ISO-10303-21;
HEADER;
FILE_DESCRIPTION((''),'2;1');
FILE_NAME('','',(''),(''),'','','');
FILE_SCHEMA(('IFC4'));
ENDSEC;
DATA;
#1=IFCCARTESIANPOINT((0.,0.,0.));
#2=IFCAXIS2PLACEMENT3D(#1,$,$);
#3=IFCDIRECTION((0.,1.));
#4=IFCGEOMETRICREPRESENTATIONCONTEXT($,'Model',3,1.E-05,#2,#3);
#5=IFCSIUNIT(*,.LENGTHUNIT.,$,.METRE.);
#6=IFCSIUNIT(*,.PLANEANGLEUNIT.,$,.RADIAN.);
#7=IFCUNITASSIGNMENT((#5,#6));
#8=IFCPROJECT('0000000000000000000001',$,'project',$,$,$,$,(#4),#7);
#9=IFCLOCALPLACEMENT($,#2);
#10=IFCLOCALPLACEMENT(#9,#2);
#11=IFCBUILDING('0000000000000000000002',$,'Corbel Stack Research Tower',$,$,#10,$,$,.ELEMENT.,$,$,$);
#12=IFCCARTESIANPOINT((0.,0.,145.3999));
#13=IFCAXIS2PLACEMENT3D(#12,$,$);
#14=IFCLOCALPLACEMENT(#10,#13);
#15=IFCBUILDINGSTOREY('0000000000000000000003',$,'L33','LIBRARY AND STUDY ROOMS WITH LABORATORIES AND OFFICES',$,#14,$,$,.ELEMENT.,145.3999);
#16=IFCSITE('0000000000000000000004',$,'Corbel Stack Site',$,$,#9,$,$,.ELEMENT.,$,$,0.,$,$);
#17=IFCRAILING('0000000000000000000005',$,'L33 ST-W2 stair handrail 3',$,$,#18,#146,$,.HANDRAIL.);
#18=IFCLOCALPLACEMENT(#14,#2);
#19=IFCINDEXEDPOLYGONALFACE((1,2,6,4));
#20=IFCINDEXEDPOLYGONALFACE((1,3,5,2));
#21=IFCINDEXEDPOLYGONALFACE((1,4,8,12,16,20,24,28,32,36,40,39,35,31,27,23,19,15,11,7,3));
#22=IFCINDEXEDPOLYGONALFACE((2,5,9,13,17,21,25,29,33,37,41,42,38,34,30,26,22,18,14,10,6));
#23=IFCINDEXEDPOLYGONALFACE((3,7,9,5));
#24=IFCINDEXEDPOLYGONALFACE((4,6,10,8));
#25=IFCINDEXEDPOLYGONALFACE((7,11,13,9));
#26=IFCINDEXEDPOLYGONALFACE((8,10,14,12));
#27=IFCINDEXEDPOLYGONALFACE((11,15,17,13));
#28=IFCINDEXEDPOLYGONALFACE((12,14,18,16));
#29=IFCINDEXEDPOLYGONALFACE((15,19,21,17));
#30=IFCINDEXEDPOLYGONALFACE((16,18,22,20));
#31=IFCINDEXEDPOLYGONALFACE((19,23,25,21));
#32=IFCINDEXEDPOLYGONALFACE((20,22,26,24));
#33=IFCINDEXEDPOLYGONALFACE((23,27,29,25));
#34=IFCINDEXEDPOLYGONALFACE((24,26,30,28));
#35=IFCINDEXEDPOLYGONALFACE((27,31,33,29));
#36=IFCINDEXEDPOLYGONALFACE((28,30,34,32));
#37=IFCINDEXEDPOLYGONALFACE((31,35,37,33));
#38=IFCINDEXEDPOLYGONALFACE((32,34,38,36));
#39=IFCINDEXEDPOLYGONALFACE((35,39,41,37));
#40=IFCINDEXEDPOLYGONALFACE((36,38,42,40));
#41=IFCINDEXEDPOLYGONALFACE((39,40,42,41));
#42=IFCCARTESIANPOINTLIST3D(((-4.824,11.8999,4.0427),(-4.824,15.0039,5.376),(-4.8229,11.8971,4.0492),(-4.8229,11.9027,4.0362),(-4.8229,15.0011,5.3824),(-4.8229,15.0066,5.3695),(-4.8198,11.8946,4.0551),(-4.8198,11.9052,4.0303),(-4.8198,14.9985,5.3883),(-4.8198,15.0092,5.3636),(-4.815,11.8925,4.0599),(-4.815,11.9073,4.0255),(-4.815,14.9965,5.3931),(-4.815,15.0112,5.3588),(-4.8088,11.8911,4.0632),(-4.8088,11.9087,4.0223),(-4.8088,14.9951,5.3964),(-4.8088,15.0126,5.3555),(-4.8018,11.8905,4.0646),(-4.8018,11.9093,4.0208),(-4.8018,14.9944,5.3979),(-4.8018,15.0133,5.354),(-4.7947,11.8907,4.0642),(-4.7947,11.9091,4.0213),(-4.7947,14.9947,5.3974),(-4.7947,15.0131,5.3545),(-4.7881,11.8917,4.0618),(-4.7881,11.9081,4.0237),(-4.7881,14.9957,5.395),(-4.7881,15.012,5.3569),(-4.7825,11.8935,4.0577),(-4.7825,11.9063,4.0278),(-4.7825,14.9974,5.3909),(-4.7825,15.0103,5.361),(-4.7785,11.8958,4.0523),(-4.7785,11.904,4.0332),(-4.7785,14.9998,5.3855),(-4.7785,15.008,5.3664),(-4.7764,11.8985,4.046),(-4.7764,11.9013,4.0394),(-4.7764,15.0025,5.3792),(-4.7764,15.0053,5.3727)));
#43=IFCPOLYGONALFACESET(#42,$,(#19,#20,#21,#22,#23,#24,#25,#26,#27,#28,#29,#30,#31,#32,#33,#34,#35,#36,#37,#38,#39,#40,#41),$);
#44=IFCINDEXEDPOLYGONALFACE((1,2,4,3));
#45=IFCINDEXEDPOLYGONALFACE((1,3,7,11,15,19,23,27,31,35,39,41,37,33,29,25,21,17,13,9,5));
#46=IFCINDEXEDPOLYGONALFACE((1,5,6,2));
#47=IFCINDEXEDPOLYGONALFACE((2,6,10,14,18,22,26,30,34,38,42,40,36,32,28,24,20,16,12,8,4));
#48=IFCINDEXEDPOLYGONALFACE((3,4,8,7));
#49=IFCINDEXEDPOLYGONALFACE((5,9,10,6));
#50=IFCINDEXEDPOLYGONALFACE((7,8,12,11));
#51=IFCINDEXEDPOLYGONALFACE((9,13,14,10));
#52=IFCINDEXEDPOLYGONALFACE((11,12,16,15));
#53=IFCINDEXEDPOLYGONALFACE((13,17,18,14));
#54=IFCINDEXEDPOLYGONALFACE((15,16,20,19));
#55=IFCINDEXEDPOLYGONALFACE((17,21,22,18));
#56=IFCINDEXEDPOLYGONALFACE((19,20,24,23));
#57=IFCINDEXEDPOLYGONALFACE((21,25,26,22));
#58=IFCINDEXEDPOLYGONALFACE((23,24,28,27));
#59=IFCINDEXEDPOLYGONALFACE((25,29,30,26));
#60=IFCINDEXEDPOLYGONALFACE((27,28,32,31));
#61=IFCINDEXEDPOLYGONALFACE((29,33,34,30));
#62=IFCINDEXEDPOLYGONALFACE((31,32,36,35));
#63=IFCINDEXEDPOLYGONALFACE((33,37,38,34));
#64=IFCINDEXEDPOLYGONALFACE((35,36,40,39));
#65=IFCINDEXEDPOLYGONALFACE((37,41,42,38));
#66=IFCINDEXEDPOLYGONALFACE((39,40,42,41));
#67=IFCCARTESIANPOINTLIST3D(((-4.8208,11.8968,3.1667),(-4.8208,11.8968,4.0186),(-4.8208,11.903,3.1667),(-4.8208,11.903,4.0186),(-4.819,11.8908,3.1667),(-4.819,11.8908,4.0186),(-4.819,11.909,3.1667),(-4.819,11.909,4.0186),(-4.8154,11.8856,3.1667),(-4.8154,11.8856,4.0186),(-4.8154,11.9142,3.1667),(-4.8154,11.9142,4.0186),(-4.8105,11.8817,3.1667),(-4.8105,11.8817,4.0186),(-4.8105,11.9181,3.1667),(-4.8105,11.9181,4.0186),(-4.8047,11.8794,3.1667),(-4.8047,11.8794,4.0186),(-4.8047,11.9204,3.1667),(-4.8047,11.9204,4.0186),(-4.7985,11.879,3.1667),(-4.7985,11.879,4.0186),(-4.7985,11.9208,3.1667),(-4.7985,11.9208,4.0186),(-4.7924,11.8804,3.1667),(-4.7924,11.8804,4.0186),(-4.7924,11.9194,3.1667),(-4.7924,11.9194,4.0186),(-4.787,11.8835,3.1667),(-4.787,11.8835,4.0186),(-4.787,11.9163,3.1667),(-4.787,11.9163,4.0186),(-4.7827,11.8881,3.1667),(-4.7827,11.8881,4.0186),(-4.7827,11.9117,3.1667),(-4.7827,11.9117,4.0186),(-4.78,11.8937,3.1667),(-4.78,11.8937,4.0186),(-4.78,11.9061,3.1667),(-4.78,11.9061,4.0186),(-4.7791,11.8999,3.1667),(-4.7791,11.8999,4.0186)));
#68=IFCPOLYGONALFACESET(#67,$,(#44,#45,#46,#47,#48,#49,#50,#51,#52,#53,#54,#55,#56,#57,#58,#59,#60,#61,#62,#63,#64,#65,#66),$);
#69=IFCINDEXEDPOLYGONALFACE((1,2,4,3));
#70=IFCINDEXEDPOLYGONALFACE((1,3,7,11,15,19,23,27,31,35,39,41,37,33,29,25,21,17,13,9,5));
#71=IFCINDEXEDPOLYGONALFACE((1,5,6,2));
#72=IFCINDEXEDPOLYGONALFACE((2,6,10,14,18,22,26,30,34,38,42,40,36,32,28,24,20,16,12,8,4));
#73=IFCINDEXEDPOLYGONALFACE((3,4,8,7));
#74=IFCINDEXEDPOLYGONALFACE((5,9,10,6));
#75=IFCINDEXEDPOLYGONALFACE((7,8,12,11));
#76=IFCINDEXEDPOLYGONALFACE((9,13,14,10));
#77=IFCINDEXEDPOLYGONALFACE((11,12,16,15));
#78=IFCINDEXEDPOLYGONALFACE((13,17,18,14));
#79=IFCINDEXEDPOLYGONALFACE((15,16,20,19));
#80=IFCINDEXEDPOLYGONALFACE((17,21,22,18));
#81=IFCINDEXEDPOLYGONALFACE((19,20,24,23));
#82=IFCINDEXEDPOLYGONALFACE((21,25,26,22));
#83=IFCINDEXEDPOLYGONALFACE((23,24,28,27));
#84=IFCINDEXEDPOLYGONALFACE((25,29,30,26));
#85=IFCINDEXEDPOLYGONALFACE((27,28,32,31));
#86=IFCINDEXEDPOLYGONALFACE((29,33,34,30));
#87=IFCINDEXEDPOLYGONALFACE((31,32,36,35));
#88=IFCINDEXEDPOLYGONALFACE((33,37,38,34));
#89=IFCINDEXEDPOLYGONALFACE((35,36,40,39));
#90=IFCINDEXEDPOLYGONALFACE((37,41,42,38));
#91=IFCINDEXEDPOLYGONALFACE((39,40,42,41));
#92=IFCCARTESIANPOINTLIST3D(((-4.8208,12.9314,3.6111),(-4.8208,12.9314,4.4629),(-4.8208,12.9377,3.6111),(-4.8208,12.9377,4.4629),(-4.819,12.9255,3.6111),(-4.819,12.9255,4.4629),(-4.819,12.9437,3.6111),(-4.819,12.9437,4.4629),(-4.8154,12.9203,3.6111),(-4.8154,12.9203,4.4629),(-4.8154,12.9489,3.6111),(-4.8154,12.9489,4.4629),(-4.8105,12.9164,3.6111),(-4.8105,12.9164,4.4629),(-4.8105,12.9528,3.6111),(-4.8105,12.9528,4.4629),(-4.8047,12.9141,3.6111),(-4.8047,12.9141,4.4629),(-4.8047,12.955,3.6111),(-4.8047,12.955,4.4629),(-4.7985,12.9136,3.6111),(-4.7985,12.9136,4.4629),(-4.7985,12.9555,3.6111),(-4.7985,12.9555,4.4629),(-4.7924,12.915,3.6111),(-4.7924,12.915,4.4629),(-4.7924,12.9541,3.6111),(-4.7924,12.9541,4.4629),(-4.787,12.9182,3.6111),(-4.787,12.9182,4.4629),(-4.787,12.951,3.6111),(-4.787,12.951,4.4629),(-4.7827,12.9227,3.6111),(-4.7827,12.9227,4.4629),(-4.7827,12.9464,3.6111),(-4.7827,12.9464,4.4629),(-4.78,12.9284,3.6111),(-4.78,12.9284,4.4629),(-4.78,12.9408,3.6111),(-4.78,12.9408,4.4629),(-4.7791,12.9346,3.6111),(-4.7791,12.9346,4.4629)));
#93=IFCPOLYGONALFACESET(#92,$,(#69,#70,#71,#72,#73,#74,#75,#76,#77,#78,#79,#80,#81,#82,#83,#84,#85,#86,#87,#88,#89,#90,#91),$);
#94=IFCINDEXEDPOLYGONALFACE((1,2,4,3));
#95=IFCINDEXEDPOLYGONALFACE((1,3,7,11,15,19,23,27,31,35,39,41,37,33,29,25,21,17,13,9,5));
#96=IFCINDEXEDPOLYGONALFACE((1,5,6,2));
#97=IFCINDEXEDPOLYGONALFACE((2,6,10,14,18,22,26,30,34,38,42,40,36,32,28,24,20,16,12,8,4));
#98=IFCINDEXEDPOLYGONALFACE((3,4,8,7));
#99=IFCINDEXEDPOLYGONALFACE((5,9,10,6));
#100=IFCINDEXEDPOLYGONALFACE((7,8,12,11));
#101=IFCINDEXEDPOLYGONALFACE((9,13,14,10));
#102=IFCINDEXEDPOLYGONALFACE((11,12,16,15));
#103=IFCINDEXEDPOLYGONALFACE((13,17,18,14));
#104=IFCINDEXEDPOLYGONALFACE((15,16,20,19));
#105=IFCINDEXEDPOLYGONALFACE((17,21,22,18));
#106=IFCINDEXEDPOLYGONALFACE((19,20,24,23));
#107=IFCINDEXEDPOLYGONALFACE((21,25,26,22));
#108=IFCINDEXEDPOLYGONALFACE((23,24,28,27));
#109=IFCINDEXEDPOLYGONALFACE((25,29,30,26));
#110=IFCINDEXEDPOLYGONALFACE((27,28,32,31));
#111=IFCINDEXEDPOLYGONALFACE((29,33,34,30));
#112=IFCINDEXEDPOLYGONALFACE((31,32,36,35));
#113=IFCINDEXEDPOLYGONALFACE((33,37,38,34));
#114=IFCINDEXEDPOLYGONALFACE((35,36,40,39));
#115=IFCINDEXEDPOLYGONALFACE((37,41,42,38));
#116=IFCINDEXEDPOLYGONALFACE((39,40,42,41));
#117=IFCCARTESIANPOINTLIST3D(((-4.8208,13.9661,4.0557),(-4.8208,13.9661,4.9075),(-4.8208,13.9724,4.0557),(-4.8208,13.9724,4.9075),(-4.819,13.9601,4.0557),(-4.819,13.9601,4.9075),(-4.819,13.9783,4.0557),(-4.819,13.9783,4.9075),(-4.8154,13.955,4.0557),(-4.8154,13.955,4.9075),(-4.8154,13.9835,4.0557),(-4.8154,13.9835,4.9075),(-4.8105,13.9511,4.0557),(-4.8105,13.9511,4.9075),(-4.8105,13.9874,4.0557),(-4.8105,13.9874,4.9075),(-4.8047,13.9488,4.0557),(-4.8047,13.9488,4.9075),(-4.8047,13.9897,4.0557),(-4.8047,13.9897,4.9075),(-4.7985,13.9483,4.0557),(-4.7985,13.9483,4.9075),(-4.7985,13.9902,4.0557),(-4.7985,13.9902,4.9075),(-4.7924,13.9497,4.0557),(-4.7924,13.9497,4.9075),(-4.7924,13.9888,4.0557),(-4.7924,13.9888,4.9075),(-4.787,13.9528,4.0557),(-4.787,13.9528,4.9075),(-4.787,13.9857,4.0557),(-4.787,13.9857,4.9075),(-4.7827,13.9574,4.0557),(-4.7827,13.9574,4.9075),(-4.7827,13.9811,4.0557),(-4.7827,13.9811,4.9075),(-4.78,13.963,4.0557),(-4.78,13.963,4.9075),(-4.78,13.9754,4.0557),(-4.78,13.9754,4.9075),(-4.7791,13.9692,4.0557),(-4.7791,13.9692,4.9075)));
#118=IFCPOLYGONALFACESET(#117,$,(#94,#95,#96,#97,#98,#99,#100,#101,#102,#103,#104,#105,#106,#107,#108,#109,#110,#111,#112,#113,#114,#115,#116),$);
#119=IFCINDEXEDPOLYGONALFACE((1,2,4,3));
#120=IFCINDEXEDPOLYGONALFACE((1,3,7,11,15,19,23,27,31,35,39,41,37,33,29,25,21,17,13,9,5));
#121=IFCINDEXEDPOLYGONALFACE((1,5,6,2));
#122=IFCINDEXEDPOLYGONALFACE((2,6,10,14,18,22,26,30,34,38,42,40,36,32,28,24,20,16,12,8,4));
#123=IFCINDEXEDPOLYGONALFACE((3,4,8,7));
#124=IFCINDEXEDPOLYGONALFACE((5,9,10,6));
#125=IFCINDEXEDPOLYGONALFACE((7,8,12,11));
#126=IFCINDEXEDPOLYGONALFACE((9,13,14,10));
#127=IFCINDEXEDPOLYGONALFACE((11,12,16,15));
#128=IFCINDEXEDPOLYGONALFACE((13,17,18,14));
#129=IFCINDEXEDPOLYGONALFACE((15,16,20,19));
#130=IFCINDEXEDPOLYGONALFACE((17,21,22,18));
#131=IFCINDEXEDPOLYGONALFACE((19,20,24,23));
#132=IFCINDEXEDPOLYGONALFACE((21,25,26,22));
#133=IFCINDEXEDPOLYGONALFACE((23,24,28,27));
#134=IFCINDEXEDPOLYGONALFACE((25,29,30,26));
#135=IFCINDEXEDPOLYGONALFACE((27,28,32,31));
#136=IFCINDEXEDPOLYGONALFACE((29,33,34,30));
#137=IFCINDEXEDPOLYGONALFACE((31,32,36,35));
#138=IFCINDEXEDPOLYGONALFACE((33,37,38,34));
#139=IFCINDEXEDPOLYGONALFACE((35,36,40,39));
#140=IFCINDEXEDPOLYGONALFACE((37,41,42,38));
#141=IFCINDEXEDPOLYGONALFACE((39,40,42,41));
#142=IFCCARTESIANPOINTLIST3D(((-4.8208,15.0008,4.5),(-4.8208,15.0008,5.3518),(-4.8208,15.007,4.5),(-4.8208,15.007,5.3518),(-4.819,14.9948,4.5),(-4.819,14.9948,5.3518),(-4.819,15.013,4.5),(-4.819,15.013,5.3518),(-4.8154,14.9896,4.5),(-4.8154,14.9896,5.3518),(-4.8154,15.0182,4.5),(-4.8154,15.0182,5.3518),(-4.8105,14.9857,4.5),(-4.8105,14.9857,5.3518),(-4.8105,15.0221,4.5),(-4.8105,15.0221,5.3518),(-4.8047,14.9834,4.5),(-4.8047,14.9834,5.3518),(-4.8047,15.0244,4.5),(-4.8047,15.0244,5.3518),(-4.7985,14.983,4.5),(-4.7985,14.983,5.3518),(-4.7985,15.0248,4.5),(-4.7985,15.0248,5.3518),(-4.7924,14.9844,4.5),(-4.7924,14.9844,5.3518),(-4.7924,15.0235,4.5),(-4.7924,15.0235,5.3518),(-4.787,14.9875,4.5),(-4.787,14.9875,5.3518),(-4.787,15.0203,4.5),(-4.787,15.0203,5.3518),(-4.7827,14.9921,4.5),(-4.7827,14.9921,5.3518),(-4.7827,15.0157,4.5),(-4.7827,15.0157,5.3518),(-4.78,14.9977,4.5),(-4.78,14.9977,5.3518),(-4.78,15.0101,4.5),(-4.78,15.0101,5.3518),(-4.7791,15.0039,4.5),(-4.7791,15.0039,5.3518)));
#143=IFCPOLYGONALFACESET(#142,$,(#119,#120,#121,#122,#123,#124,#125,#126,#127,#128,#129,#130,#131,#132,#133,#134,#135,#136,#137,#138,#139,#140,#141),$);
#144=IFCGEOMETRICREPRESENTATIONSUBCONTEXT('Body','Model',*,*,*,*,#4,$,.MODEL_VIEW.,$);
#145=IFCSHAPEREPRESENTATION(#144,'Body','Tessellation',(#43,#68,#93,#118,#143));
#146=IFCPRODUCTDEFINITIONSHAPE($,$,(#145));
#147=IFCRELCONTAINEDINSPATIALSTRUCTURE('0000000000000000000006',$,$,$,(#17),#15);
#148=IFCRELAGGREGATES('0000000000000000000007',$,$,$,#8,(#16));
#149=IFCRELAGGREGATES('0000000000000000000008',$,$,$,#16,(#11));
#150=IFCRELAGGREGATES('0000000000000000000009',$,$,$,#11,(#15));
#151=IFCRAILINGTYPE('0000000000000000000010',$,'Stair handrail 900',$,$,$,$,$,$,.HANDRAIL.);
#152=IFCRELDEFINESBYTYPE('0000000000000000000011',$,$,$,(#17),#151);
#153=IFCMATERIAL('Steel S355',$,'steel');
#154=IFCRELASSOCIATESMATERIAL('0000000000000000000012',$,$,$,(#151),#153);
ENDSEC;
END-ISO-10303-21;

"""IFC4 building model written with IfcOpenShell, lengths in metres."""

from ifc_helpers import new_model, si_unit, direction, frame, origin, origin_2d, place, context, subcontext, project, spatial, circle, extrude, material, type_object, element, save


model = new_model("IFC4")

# Units and contexts
model_context = context("Model", 3, precision=1e-05, world=origin(), true_north=direction((0.0, 1.0)))
body_context = subcontext(model_context, "Body", "Model", "MODEL_VIEW")
ifc_project = project(units=[si_unit("LENGTHUNIT", "METRE"), si_unit("PLANEANGLEUNIT", "RADIAN")], contexts=[model_context])

# Site, building, storey
site_placement = place(None, origin())
site = spatial("IfcSite", under=ifc_project, at=site_placement, Name="Corbel Stack Site", CompositionType="ELEMENT", RefElevation=0.0)
building_placement = place(site_placement, origin())
building = spatial("IfcBuilding", under=site, at=building_placement, Name="Corbel Stack Research Tower", CompositionType="ELEMENT")
storey_placement = place(building_placement, frame((0.0, 0.0, 145.3999)))
storey = spatial("IfcBuildingStorey", under=building, at=storey_placement, Name="L33", Description="LIBRARY AND STUDY ROOMS WITH LABORATORIES AND OFFICES", CompositionType="ELEMENT", Elevation=145.3999)

# Railing
ifc_material_1 = material(Name="Steel S355", Category="steel")
railing_type_1 = type_object("IfcRailingType", Name="Stair handrail 900", PredefinedType="HANDRAIL", material=ifc_material_1)
for number, where, name in (
    (1, (-4.8, 11.8999, 3.1667), "L33 ST-W2 stair handrail 3"),
):
    element("IfcRailing", number, at=place(storey_placement, frame(where)), inside=storey, type_object=railing_type_1, Name=name, PredefinedType="HANDRAIL", context=body_context, shape_type="SweptSolid", body=[
        extrude(circle(Radius=0.0239, at=origin_2d()), frame((0.0, 0.0, 0.876), z_axis=(0.0, 0.918827, 0.394661), x_axis=(-1.0, 0.0, 0.0)), (0.0, 0.0, 1.0), 3.3782),
        extrude(circle(Radius=0.021, at=origin_2d()), origin(), (0.0, 0.0, 1.0), 0.8518),
        extrude(circle(Radius=0.021, at=origin_2d()), frame((0.0, 1.0347, 0.4443)), (0.0, 0.0, 1.0), 0.8518),
        extrude(circle(Radius=0.021, at=origin_2d()), frame((0.0, 2.0693, 0.8889)), (0.0, 0.0, 1.0), 0.8518),
        extrude(circle(Radius=0.021, at=origin_2d()), frame((0.0, 3.104, 1.3333)), (0.0, 0.0, 1.0), 0.8518),
    ])

save(model, "model.ifc")
